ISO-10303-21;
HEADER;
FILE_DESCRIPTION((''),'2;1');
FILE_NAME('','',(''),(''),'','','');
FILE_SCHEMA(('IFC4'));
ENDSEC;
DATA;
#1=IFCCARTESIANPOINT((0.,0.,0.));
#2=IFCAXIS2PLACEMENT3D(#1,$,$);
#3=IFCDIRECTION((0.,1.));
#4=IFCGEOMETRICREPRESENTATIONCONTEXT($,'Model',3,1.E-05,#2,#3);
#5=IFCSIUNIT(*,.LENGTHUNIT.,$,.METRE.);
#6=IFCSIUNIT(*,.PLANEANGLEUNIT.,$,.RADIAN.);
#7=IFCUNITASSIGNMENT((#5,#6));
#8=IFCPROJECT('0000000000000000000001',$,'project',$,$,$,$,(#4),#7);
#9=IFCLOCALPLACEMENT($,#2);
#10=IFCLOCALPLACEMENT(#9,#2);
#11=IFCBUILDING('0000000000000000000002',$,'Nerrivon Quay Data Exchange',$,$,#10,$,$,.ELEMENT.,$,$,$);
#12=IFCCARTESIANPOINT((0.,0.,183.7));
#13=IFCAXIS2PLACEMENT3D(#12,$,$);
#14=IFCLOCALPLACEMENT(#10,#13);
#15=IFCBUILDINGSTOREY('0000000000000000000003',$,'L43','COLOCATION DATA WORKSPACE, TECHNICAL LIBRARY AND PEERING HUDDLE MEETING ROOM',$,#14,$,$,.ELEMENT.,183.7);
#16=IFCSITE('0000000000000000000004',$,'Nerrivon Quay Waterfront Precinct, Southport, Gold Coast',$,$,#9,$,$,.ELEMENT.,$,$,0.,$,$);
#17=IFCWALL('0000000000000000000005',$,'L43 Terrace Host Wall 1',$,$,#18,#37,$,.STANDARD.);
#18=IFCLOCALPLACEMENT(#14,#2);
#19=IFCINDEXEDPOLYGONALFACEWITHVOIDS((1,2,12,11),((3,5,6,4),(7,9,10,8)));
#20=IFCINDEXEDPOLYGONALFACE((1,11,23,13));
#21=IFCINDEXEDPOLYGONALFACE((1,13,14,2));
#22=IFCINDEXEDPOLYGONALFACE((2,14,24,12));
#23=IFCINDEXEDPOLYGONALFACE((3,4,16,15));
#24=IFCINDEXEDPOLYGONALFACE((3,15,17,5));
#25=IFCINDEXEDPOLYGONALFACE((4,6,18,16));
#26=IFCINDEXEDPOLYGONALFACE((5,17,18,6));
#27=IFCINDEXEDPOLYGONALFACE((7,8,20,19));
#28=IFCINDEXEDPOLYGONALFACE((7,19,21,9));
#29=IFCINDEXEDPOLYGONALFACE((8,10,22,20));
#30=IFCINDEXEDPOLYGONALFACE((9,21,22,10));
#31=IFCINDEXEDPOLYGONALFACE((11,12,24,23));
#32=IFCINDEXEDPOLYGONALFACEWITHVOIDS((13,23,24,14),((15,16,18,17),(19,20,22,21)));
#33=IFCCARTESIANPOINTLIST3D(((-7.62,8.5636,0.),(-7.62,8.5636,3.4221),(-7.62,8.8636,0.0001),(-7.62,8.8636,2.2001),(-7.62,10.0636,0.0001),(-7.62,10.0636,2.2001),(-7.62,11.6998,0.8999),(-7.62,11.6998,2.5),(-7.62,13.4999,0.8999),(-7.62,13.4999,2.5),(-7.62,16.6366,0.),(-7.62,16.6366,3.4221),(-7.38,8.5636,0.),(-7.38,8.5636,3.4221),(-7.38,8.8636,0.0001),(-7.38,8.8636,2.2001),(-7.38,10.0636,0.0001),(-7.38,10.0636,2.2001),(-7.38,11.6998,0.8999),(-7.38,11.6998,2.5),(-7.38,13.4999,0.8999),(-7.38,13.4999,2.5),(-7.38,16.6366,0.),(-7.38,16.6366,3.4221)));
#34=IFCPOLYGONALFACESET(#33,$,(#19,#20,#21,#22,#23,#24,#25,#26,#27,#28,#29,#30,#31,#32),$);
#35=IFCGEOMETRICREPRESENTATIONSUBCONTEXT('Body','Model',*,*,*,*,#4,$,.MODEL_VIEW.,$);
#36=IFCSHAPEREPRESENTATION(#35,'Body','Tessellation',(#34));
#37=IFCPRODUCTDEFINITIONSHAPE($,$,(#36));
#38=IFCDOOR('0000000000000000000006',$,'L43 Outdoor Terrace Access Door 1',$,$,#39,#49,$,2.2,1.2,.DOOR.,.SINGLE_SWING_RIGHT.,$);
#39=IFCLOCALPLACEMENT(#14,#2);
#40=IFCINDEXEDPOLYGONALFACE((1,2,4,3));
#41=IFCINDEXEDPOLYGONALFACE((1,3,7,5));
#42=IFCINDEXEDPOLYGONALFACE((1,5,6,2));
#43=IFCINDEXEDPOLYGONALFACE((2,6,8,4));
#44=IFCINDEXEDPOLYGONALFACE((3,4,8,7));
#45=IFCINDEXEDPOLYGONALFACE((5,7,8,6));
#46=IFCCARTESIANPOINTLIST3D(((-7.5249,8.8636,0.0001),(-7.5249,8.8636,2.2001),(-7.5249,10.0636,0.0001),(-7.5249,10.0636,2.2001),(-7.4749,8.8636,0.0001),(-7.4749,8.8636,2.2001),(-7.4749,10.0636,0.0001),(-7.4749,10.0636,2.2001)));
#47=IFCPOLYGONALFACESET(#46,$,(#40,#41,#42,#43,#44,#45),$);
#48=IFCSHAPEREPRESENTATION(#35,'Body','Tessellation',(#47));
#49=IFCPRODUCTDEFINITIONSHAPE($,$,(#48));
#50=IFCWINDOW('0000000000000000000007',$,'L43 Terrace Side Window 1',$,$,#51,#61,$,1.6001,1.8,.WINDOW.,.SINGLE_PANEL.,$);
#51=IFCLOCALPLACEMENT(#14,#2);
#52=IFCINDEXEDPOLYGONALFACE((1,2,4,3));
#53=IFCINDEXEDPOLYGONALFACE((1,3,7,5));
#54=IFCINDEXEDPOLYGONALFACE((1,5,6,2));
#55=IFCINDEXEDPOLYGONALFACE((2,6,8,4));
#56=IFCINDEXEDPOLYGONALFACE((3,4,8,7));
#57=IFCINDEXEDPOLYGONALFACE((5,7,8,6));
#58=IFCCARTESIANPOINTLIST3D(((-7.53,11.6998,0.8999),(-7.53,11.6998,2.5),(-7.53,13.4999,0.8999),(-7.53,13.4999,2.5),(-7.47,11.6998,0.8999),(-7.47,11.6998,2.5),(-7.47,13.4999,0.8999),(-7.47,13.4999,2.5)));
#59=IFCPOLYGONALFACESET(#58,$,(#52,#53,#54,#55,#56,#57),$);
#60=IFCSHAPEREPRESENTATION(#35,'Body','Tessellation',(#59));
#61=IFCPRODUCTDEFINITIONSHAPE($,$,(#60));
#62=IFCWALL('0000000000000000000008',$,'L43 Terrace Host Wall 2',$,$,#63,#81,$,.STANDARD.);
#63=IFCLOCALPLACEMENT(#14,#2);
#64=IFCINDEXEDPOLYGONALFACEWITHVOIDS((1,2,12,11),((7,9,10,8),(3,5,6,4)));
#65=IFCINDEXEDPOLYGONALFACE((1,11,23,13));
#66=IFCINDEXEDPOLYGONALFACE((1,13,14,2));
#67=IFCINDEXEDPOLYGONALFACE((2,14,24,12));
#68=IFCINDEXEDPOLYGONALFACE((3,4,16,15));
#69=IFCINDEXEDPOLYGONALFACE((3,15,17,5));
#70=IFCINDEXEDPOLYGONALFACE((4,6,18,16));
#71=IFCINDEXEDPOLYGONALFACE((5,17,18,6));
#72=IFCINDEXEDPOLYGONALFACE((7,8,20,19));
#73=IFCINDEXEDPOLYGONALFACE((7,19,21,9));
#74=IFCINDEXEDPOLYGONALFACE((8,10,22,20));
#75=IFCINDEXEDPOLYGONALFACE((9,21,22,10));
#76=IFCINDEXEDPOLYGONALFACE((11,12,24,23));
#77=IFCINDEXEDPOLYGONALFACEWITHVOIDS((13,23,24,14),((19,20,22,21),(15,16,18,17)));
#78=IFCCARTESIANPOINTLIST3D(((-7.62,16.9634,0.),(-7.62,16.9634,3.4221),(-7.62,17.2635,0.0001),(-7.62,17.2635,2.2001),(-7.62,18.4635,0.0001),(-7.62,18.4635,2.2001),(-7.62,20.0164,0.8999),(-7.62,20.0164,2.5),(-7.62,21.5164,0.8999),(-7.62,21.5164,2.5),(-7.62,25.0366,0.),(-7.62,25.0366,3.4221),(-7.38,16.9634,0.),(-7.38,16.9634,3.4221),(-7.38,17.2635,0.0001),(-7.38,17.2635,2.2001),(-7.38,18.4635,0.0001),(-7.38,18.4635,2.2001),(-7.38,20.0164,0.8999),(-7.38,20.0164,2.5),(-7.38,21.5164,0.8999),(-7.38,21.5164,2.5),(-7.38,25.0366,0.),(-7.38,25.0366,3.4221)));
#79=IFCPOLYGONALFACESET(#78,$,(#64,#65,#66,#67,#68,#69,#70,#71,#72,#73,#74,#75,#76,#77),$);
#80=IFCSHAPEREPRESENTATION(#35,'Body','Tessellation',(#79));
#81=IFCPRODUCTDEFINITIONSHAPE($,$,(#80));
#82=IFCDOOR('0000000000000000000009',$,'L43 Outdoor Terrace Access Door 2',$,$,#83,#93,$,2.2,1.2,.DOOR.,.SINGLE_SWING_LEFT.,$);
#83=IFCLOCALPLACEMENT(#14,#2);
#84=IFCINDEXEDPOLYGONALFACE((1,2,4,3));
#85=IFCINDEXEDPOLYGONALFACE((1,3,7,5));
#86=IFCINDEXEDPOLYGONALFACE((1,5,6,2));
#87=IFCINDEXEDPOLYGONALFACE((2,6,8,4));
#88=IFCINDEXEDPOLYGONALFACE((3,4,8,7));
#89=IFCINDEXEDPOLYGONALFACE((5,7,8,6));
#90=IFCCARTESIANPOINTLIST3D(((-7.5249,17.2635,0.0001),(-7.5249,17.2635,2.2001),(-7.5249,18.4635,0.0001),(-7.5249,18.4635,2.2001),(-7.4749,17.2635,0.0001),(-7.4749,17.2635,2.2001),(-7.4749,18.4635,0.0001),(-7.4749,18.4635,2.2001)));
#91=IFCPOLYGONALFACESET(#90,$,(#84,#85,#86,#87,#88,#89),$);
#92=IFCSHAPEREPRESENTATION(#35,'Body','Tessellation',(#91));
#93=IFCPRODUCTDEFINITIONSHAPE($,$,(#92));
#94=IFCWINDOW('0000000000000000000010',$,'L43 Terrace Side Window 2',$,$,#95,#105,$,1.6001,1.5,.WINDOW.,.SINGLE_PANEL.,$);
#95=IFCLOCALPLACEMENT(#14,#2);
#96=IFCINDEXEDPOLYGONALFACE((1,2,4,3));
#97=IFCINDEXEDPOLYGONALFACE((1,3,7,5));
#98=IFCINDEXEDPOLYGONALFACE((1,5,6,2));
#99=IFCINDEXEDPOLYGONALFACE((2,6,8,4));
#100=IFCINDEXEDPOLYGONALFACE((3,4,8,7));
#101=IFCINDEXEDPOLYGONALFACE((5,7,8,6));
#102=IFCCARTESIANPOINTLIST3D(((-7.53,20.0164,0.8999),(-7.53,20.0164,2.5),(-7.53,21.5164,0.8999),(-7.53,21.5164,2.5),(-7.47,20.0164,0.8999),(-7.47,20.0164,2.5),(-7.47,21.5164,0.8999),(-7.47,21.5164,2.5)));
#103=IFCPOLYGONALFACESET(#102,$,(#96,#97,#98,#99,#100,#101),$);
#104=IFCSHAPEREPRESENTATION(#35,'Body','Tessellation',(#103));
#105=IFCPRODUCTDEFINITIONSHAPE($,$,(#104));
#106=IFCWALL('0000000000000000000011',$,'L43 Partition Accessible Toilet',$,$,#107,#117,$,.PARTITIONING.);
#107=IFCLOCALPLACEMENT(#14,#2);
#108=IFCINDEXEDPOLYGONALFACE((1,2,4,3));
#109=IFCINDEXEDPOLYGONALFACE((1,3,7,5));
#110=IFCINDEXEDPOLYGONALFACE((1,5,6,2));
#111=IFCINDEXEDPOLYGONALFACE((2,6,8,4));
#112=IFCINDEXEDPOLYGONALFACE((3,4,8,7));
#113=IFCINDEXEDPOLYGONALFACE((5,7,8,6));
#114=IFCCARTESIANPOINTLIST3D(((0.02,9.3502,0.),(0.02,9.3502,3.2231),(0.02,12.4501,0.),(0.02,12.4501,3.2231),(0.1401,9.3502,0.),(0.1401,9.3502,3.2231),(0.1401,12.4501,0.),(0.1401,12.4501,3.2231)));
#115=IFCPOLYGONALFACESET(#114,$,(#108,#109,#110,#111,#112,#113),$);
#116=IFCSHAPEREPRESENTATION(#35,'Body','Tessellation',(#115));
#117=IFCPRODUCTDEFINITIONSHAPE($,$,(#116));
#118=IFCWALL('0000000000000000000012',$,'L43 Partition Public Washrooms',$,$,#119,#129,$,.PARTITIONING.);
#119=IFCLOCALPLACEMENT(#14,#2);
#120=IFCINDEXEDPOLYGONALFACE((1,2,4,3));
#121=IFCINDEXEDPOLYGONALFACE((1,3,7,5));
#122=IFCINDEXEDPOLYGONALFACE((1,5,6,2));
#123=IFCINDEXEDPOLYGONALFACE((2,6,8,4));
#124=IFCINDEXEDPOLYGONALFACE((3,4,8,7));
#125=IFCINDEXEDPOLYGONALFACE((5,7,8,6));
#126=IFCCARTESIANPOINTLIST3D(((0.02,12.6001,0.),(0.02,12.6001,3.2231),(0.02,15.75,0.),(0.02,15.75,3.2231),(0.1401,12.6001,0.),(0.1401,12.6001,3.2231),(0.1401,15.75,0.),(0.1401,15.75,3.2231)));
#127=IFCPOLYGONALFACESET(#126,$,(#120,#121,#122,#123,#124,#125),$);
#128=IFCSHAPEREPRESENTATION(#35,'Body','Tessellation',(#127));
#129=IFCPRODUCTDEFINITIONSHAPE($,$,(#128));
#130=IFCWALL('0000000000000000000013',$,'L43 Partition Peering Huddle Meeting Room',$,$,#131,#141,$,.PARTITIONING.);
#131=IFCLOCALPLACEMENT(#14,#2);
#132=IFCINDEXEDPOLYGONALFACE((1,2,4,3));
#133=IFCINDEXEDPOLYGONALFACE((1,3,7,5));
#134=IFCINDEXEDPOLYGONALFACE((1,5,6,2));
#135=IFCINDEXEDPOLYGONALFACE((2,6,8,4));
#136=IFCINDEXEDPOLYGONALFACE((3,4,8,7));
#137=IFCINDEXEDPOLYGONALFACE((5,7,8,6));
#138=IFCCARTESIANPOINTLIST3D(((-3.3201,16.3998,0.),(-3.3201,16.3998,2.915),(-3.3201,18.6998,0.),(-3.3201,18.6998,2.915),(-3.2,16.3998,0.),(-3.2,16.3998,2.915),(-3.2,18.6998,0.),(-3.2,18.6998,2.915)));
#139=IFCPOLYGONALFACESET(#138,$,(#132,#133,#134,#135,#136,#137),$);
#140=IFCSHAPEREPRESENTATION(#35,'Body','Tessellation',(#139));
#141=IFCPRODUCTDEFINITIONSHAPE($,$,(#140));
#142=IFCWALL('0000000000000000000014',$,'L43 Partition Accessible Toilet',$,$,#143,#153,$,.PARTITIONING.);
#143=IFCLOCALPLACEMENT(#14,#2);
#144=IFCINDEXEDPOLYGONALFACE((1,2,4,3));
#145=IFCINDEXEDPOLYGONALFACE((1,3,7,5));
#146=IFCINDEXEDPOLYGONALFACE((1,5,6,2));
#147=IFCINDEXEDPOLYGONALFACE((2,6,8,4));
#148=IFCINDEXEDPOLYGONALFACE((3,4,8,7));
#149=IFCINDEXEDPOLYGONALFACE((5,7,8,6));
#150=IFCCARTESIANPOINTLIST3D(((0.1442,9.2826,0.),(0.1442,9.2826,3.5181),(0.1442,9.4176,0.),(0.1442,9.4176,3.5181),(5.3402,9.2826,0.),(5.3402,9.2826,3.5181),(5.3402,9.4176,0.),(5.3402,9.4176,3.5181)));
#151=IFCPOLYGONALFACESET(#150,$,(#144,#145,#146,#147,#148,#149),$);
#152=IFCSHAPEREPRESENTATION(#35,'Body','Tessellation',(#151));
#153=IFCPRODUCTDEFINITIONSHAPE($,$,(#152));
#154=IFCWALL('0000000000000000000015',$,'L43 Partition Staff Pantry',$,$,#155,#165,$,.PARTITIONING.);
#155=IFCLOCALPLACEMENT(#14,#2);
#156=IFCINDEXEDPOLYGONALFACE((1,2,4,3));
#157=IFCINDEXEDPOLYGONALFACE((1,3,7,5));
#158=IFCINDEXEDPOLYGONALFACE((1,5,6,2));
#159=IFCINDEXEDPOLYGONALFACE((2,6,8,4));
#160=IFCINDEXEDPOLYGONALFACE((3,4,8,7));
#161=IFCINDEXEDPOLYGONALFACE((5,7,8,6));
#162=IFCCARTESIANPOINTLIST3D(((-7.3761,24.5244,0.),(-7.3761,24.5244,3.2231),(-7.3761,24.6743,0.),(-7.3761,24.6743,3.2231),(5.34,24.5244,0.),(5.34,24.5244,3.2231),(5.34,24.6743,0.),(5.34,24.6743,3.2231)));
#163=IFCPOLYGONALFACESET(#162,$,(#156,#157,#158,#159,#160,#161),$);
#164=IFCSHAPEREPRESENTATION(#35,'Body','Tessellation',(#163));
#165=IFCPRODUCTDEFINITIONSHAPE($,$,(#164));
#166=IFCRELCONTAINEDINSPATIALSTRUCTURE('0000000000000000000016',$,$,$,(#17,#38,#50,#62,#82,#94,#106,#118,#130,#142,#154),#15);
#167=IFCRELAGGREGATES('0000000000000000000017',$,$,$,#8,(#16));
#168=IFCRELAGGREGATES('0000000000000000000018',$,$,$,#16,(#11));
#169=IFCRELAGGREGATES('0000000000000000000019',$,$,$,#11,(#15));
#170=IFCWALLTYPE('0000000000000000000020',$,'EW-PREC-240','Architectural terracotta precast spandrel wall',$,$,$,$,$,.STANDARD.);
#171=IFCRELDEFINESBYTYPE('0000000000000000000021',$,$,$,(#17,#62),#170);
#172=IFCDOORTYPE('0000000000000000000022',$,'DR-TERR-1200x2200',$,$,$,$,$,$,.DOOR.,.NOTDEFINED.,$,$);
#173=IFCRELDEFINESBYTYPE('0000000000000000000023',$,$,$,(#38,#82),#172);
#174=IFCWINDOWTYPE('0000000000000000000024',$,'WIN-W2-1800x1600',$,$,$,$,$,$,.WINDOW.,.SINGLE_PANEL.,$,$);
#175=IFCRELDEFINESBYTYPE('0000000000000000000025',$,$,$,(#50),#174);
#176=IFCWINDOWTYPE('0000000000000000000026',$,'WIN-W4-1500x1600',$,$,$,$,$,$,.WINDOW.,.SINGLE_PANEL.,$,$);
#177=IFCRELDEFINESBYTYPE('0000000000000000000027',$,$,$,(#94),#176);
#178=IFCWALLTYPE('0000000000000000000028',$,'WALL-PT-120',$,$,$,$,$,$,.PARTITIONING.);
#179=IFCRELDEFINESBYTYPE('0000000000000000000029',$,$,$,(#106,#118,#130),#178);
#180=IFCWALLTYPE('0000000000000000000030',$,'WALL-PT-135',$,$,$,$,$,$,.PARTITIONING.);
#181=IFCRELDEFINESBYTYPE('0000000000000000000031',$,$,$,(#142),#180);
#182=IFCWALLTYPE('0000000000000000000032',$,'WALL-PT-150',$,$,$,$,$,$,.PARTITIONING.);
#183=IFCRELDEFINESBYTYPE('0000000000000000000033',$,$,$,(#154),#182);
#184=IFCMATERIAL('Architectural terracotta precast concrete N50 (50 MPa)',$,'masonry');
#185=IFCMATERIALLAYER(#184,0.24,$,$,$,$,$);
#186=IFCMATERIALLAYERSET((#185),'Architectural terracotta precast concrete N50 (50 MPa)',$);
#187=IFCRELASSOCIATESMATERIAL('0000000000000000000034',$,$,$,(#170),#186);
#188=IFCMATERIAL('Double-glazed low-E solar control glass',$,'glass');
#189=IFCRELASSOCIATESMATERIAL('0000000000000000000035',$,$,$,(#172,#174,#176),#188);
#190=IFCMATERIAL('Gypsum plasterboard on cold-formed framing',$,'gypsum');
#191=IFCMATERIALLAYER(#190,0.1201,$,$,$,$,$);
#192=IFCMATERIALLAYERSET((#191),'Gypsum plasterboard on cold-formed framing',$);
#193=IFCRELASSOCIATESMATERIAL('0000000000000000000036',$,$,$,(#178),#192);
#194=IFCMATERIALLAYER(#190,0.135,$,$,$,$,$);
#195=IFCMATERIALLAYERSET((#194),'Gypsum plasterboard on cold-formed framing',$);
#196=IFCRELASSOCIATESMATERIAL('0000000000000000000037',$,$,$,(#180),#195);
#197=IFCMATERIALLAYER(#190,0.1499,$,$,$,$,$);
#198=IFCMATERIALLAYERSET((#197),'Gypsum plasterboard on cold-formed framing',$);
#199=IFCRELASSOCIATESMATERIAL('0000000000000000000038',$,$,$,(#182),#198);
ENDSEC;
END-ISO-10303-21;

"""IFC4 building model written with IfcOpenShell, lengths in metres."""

from ifc_helpers import new_model, si_unit, direction, frame, frame_2d, origin, place, context, subcontext, project, spatial, rectangle, extrude, material, layer, layer_set, type_object, element, fill, save


model = new_model("IFC4")

# Units and contexts
model_context = context("Model", 3, precision=1e-05, world=origin(), true_north=direction((0.0, 1.0)))
body_context = subcontext(model_context, "Body", "Model", "MODEL_VIEW")
ifc_project = project(units=[si_unit("LENGTHUNIT", "METRE"), si_unit("PLANEANGLEUNIT", "RADIAN")], contexts=[model_context])

# Site, building, storey
site_placement = place(None, origin())
site = spatial("IfcSite", under=ifc_project, at=site_placement, Name="Nerrivon Quay Waterfront Precinct, Southport, Gold Coast", CompositionType="ELEMENT", RefElevation=0.0)
building_placement = place(site_placement, origin())
building = spatial("IfcBuilding", under=site, at=building_placement, Name="Nerrivon Quay Data Exchange", CompositionType="ELEMENT")
storey_placement = place(building_placement, frame((0.0, 0.0, 183.7)))
storey = spatial("IfcBuildingStorey", under=building, at=storey_placement, Name="L43", Description="COLOCATION DATA WORKSPACE, TECHNICAL LIBRARY AND PEERING HUDDLE MEETING ROOM", CompositionType="ELEMENT", Elevation=183.7)

# Walls, openings, doors, windows
ifc_material_1 = material(Name="Architectural terracotta precast concrete N50 (50 MPa)", Category="masonry")
ifc_layer_1 = layer(ifc_material_1, 0.24)
ifc_layer_set_1 = layer_set([ifc_layer_1], Name="Architectural terracotta precast concrete N50 (50 MPa)")
wall_type_1 = type_object("IfcWallType", Name="EW-PREC-240", Description="Architectural terracotta precast spandrel wall", PredefinedType="STANDARD", material=ifc_layer_set_1)
wall_1_placement = place(storey_placement, frame((-7.5, 8.5635, 0.0), z_axis=(0.0, 0.0, 1.0), x_axis=(0.0, 1.0, 0.0)))
wall_1 = element("IfcWall", 1, at=wall_1_placement, inside=storey, type_object=wall_type_1, Name="L43 Terrace Host Wall 1", PredefinedType="STANDARD", context=body_context, shape_type="SweptSolid", body=[
    extrude(rectangle(XDim=8.073, YDim=0.24, at=frame_2d((4.0366, 0.0))), origin(), (0.0, 0.0, 1.0), 3.4221),
])
opening_1_placement = place(wall_1_placement, frame((0.3, 0.0, 0.0)))
opening_1 = element("IfcOpeningElement", 2, at=opening_1_placement, cuts=wall_1, PredefinedType="OPENING", context=body_context, shape_type="SweptSolid", body=[
    extrude(rectangle(XDim=1.2, YDim=2.2, at=frame_2d((0.6001, 1.1001))), frame((0.0, 0.1299, 0.0), z_axis=(0.0, -1.0, 0.0), x_axis=(1.0, 0.0, 0.0)), (0.0, 0.0, 1.0), 0.26),
])
opening_2_placement = place(wall_1_placement, frame((3.1365, 0.0, 0.8999)))
opening_2 = element("IfcOpeningElement", 3, at=opening_2_placement, cuts=wall_1, PredefinedType="OPENING", context=body_context, shape_type="SweptSolid", body=[
    extrude(rectangle(XDim=1.8, YDim=1.6001, at=frame_2d((0.8999, 0.8))), frame((0.0, 0.1299, 0.0), z_axis=(0.0, -1.0, 0.0), x_axis=(1.0, 0.0, 0.0)), (0.0, 0.0, 1.0), 0.26),
])
ifc_material_2 = material(Name="Double-glazed low-E solar control glass", Category="glass")
door_type = type_object("IfcDoorType", Name="DR-TERR-1200x2200", OperationType="NOTDEFINED", PredefinedType="DOOR", material=ifc_material_2)
door_1_placement = place(opening_1_placement, origin())
door_1 = element("IfcDoor", 4, at=door_1_placement, inside=storey, type_object=door_type, Name="L43 Outdoor Terrace Access Door 1", OperationType="SINGLE_SWING_RIGHT", OverallHeight=2.2, OverallWidth=1.2, PredefinedType="DOOR", context=body_context, shape_type="SweptSolid", body=[
    extrude(rectangle(XDim=1.2, YDim=2.2, at=frame_2d((0.6001, 1.1001))), frame((0.0, 0.0249, 0.0), z_axis=(0.0, -1.0, 0.0), x_axis=(1.0, 0.0, 0.0)), (0.0, 0.0, 1.0), 0.05),
])
fill(opening_1, door_1)
window_type_1 = type_object("IfcWindowType", Name="WIN-W2-1800x1600", PartitioningType="SINGLE_PANEL", PredefinedType="WINDOW", material=ifc_material_2)
window_1_placement = place(opening_2_placement, origin())
window_1 = element("IfcWindow", 5, at=window_1_placement, inside=storey, type_object=window_type_1, Name="L43 Terrace Side Window 1", OverallHeight=1.6001, OverallWidth=1.8, PartitioningType="SINGLE_PANEL", PredefinedType="WINDOW", context=body_context, shape_type="SweptSolid", body=[
    extrude(rectangle(XDim=1.8, YDim=1.6001, at=frame_2d((0.8999, 0.8))), frame((0.0, 0.03, 0.0), z_axis=(0.0, -1.0, 0.0), x_axis=(1.0, 0.0, 0.0)), (0.0, 0.0, 1.0), 0.0601),
])
fill(opening_2, window_1)
wall_2_placement = place(storey_placement, frame((-7.5, 16.9634, 0.0), z_axis=(0.0, 0.0, 1.0), x_axis=(0.0, 1.0, 0.0)))
wall_2 = element("IfcWall", 6, at=wall_2_placement, inside=storey, type_object=wall_type_1, Name="L43 Terrace Host Wall 2", PredefinedType="STANDARD", context=body_context, shape_type="SweptSolid", body=[
    extrude(rectangle(XDim=8.0732, YDim=0.24, at=frame_2d((4.0366, 0.0))), origin(), (0.0, 0.0, 1.0), 3.4221),
])
opening_3_placement = place(wall_2_placement, frame((0.3, 0.0, 0.0)))
opening_3 = element("IfcOpeningElement", 7, at=opening_3_placement, cuts=wall_2, PredefinedType="OPENING", context=body_context, shape_type="SweptSolid", body=[
    extrude(rectangle(XDim=1.2, YDim=2.2, at=frame_2d((0.6001, 1.1001))), frame((0.0, 0.1299, 0.0), z_axis=(0.0, -1.0, 0.0), x_axis=(1.0, 0.0, 0.0)), (0.0, 0.0, 1.0), 0.26),
])
opening_4_placement = place(wall_2_placement, frame((3.053, 0.0, 0.8999)))
opening_4 = element("IfcOpeningElement", 8, at=opening_4_placement, cuts=wall_2, PredefinedType="OPENING", context=body_context, shape_type="SweptSolid", body=[
    extrude(rectangle(XDim=1.5, YDim=1.6001, at=frame_2d((0.75, 0.8))), frame((0.0, 0.1299, 0.0), z_axis=(0.0, -1.0, 0.0), x_axis=(1.0, 0.0, 0.0)), (0.0, 0.0, 1.0), 0.26),
])
door_2_placement = place(opening_3_placement, origin())
door_2 = element("IfcDoor", 9, at=door_2_placement, inside=storey, type_object=door_type, Name="L43 Outdoor Terrace Access Door 2", OperationType="SINGLE_SWING_LEFT", OverallHeight=2.2, OverallWidth=1.2, PredefinedType="DOOR", context=body_context, shape_type="SweptSolid", body=[
    extrude(rectangle(XDim=1.2, YDim=2.2, at=frame_2d((0.6001, 1.1001))), frame((0.0, 0.0249, 0.0), z_axis=(0.0, -1.0, 0.0), x_axis=(1.0, 0.0, 0.0)), (0.0, 0.0, 1.0), 0.05),
])
fill(opening_3, door_2)
window_type_2 = type_object("IfcWindowType", Name="WIN-W4-1500x1600", PartitioningType="SINGLE_PANEL", PredefinedType="WINDOW", material=ifc_material_2)
window_2_placement = place(opening_4_placement, origin())
window_2 = element("IfcWindow", 10, at=window_2_placement, inside=storey, type_object=window_type_2, Name="L43 Terrace Side Window 2", OverallHeight=1.6001, OverallWidth=1.5, PartitioningType="SINGLE_PANEL", PredefinedType="WINDOW", context=body_context, shape_type="SweptSolid", body=[
    extrude(rectangle(XDim=1.5, YDim=1.6001, at=frame_2d((0.75, 0.8))), frame((0.0, 0.03, 0.0), z_axis=(0.0, -1.0, 0.0), x_axis=(1.0, 0.0, 0.0)), (0.0, 0.0, 1.0), 0.0601),
])
fill(opening_4, window_2)

# Walls
ifc_material_3 = material(Name="Gypsum plasterboard on cold-formed framing", Category="gypsum")
ifc_layer_2 = layer(ifc_material_3, 0.1201)
ifc_layer_set_2 = layer_set([ifc_layer_2], Name="Gypsum plasterboard on cold-formed framing")
wall_type_2 = type_object("IfcWallType", Name="WALL-PT-120", PredefinedType="PARTITIONING", material=ifc_layer_set_2)
wall_3_placement = place(storey_placement, frame((0.0801, 12.45, 0.0), z_axis=(0.0, 0.0, 1.0), x_axis=(0.0, -1.0, 0.0)))
element("IfcWall", 11, at=wall_3_placement, inside=storey, type_object=wall_type_2, Name="L43 Partition Accessible Toilet", PredefinedType="PARTITIONING", context=body_context, shape_type="SweptSolid", body=[
    extrude(rectangle(XDim=3.0999, YDim=0.1201, at=frame_2d((1.5498, 0.0))), origin(), (0.0, 0.0, 1.0), 3.2231),
])
wall_4_placement = place(storey_placement, frame((0.0801, 15.75, 0.0), z_axis=(0.0, 0.0, 1.0), x_axis=(0.0, -1.0, 0.0)))
element("IfcWall", 12, at=wall_4_placement, inside=storey, type_object=wall_type_2, Name="L43 Partition Public Washrooms", PredefinedType="PARTITIONING", context=body_context, shape_type="SweptSolid", body=[
    extrude(rectangle(XDim=3.1499, YDim=0.1201, at=frame_2d((1.575, 0.0))), origin(), (0.0, 0.0, 1.0), 3.2231),
])
wall_5_placement = place(storey_placement, frame((-3.26, 16.3999, 0.0), z_axis=(0.0, 0.0, 1.0), x_axis=(0.0, 1.0, 0.0)))
element("IfcWall", 13, at=wall_5_placement, inside=storey, type_object=wall_type_2, Name="L43 Partition Peering Huddle Meeting Room", PredefinedType="PARTITIONING", context=body_context, shape_type="SweptSolid", body=[
    extrude(rectangle(XDim=2.3, YDim=0.1201, at=frame_2d((1.1499, 0.0))), origin(), (0.0, 0.0, 1.0), 2.915),
])
ifc_layer_3 = layer(ifc_material_3, 0.135)
ifc_layer_set_3 = layer_set([ifc_layer_3], Name="Gypsum plasterboard on cold-formed framing")
wall_type_3 = type_object("IfcWallType", Name="WALL-PT-135", PredefinedType="PARTITIONING", material=ifc_layer_set_3)
wall_6_placement = place(storey_placement, frame((0.144, 9.3501, 0.0), z_axis=(0.0, 0.0, 1.0), x_axis=(1.0, 0.0, 0.0)))
element("IfcWall", 14, at=wall_6_placement, inside=storey, type_object=wall_type_3, Name="L43 Partition Accessible Toilet", PredefinedType="PARTITIONING", context=body_context, shape_type="SweptSolid", body=[
    extrude(rectangle(XDim=5.196, YDim=0.135, at=frame_2d((2.5981, 0.0))), origin(), (0.0, 0.0, 1.0), 3.5181),
])
ifc_layer_4 = layer(ifc_material_3, 0.1499)
ifc_layer_set_4 = layer_set([ifc_layer_4], Name="Gypsum plasterboard on cold-formed framing")
wall_type_4 = type_object("IfcWallType", Name="WALL-PT-150", PredefinedType="PARTITIONING", material=ifc_layer_set_4)
wall_7_placement = place(storey_placement, frame((-7.376, 24.5994, 0.0), z_axis=(0.0, 0.0, 1.0), x_axis=(1.0, 0.0, 0.0)))
element("IfcWall", 15, at=wall_7_placement, inside=storey, type_object=wall_type_4, Name="L43 Partition Staff Pantry", PredefinedType="PARTITIONING", context=body_context, shape_type="SweptSolid", body=[
    extrude(rectangle(XDim=12.7161, YDim=0.1499, at=frame_2d((6.3579, 0.0))), origin(), (0.0, 0.0, 1.0), 3.2231),
])

save(model, "model.ifc")
